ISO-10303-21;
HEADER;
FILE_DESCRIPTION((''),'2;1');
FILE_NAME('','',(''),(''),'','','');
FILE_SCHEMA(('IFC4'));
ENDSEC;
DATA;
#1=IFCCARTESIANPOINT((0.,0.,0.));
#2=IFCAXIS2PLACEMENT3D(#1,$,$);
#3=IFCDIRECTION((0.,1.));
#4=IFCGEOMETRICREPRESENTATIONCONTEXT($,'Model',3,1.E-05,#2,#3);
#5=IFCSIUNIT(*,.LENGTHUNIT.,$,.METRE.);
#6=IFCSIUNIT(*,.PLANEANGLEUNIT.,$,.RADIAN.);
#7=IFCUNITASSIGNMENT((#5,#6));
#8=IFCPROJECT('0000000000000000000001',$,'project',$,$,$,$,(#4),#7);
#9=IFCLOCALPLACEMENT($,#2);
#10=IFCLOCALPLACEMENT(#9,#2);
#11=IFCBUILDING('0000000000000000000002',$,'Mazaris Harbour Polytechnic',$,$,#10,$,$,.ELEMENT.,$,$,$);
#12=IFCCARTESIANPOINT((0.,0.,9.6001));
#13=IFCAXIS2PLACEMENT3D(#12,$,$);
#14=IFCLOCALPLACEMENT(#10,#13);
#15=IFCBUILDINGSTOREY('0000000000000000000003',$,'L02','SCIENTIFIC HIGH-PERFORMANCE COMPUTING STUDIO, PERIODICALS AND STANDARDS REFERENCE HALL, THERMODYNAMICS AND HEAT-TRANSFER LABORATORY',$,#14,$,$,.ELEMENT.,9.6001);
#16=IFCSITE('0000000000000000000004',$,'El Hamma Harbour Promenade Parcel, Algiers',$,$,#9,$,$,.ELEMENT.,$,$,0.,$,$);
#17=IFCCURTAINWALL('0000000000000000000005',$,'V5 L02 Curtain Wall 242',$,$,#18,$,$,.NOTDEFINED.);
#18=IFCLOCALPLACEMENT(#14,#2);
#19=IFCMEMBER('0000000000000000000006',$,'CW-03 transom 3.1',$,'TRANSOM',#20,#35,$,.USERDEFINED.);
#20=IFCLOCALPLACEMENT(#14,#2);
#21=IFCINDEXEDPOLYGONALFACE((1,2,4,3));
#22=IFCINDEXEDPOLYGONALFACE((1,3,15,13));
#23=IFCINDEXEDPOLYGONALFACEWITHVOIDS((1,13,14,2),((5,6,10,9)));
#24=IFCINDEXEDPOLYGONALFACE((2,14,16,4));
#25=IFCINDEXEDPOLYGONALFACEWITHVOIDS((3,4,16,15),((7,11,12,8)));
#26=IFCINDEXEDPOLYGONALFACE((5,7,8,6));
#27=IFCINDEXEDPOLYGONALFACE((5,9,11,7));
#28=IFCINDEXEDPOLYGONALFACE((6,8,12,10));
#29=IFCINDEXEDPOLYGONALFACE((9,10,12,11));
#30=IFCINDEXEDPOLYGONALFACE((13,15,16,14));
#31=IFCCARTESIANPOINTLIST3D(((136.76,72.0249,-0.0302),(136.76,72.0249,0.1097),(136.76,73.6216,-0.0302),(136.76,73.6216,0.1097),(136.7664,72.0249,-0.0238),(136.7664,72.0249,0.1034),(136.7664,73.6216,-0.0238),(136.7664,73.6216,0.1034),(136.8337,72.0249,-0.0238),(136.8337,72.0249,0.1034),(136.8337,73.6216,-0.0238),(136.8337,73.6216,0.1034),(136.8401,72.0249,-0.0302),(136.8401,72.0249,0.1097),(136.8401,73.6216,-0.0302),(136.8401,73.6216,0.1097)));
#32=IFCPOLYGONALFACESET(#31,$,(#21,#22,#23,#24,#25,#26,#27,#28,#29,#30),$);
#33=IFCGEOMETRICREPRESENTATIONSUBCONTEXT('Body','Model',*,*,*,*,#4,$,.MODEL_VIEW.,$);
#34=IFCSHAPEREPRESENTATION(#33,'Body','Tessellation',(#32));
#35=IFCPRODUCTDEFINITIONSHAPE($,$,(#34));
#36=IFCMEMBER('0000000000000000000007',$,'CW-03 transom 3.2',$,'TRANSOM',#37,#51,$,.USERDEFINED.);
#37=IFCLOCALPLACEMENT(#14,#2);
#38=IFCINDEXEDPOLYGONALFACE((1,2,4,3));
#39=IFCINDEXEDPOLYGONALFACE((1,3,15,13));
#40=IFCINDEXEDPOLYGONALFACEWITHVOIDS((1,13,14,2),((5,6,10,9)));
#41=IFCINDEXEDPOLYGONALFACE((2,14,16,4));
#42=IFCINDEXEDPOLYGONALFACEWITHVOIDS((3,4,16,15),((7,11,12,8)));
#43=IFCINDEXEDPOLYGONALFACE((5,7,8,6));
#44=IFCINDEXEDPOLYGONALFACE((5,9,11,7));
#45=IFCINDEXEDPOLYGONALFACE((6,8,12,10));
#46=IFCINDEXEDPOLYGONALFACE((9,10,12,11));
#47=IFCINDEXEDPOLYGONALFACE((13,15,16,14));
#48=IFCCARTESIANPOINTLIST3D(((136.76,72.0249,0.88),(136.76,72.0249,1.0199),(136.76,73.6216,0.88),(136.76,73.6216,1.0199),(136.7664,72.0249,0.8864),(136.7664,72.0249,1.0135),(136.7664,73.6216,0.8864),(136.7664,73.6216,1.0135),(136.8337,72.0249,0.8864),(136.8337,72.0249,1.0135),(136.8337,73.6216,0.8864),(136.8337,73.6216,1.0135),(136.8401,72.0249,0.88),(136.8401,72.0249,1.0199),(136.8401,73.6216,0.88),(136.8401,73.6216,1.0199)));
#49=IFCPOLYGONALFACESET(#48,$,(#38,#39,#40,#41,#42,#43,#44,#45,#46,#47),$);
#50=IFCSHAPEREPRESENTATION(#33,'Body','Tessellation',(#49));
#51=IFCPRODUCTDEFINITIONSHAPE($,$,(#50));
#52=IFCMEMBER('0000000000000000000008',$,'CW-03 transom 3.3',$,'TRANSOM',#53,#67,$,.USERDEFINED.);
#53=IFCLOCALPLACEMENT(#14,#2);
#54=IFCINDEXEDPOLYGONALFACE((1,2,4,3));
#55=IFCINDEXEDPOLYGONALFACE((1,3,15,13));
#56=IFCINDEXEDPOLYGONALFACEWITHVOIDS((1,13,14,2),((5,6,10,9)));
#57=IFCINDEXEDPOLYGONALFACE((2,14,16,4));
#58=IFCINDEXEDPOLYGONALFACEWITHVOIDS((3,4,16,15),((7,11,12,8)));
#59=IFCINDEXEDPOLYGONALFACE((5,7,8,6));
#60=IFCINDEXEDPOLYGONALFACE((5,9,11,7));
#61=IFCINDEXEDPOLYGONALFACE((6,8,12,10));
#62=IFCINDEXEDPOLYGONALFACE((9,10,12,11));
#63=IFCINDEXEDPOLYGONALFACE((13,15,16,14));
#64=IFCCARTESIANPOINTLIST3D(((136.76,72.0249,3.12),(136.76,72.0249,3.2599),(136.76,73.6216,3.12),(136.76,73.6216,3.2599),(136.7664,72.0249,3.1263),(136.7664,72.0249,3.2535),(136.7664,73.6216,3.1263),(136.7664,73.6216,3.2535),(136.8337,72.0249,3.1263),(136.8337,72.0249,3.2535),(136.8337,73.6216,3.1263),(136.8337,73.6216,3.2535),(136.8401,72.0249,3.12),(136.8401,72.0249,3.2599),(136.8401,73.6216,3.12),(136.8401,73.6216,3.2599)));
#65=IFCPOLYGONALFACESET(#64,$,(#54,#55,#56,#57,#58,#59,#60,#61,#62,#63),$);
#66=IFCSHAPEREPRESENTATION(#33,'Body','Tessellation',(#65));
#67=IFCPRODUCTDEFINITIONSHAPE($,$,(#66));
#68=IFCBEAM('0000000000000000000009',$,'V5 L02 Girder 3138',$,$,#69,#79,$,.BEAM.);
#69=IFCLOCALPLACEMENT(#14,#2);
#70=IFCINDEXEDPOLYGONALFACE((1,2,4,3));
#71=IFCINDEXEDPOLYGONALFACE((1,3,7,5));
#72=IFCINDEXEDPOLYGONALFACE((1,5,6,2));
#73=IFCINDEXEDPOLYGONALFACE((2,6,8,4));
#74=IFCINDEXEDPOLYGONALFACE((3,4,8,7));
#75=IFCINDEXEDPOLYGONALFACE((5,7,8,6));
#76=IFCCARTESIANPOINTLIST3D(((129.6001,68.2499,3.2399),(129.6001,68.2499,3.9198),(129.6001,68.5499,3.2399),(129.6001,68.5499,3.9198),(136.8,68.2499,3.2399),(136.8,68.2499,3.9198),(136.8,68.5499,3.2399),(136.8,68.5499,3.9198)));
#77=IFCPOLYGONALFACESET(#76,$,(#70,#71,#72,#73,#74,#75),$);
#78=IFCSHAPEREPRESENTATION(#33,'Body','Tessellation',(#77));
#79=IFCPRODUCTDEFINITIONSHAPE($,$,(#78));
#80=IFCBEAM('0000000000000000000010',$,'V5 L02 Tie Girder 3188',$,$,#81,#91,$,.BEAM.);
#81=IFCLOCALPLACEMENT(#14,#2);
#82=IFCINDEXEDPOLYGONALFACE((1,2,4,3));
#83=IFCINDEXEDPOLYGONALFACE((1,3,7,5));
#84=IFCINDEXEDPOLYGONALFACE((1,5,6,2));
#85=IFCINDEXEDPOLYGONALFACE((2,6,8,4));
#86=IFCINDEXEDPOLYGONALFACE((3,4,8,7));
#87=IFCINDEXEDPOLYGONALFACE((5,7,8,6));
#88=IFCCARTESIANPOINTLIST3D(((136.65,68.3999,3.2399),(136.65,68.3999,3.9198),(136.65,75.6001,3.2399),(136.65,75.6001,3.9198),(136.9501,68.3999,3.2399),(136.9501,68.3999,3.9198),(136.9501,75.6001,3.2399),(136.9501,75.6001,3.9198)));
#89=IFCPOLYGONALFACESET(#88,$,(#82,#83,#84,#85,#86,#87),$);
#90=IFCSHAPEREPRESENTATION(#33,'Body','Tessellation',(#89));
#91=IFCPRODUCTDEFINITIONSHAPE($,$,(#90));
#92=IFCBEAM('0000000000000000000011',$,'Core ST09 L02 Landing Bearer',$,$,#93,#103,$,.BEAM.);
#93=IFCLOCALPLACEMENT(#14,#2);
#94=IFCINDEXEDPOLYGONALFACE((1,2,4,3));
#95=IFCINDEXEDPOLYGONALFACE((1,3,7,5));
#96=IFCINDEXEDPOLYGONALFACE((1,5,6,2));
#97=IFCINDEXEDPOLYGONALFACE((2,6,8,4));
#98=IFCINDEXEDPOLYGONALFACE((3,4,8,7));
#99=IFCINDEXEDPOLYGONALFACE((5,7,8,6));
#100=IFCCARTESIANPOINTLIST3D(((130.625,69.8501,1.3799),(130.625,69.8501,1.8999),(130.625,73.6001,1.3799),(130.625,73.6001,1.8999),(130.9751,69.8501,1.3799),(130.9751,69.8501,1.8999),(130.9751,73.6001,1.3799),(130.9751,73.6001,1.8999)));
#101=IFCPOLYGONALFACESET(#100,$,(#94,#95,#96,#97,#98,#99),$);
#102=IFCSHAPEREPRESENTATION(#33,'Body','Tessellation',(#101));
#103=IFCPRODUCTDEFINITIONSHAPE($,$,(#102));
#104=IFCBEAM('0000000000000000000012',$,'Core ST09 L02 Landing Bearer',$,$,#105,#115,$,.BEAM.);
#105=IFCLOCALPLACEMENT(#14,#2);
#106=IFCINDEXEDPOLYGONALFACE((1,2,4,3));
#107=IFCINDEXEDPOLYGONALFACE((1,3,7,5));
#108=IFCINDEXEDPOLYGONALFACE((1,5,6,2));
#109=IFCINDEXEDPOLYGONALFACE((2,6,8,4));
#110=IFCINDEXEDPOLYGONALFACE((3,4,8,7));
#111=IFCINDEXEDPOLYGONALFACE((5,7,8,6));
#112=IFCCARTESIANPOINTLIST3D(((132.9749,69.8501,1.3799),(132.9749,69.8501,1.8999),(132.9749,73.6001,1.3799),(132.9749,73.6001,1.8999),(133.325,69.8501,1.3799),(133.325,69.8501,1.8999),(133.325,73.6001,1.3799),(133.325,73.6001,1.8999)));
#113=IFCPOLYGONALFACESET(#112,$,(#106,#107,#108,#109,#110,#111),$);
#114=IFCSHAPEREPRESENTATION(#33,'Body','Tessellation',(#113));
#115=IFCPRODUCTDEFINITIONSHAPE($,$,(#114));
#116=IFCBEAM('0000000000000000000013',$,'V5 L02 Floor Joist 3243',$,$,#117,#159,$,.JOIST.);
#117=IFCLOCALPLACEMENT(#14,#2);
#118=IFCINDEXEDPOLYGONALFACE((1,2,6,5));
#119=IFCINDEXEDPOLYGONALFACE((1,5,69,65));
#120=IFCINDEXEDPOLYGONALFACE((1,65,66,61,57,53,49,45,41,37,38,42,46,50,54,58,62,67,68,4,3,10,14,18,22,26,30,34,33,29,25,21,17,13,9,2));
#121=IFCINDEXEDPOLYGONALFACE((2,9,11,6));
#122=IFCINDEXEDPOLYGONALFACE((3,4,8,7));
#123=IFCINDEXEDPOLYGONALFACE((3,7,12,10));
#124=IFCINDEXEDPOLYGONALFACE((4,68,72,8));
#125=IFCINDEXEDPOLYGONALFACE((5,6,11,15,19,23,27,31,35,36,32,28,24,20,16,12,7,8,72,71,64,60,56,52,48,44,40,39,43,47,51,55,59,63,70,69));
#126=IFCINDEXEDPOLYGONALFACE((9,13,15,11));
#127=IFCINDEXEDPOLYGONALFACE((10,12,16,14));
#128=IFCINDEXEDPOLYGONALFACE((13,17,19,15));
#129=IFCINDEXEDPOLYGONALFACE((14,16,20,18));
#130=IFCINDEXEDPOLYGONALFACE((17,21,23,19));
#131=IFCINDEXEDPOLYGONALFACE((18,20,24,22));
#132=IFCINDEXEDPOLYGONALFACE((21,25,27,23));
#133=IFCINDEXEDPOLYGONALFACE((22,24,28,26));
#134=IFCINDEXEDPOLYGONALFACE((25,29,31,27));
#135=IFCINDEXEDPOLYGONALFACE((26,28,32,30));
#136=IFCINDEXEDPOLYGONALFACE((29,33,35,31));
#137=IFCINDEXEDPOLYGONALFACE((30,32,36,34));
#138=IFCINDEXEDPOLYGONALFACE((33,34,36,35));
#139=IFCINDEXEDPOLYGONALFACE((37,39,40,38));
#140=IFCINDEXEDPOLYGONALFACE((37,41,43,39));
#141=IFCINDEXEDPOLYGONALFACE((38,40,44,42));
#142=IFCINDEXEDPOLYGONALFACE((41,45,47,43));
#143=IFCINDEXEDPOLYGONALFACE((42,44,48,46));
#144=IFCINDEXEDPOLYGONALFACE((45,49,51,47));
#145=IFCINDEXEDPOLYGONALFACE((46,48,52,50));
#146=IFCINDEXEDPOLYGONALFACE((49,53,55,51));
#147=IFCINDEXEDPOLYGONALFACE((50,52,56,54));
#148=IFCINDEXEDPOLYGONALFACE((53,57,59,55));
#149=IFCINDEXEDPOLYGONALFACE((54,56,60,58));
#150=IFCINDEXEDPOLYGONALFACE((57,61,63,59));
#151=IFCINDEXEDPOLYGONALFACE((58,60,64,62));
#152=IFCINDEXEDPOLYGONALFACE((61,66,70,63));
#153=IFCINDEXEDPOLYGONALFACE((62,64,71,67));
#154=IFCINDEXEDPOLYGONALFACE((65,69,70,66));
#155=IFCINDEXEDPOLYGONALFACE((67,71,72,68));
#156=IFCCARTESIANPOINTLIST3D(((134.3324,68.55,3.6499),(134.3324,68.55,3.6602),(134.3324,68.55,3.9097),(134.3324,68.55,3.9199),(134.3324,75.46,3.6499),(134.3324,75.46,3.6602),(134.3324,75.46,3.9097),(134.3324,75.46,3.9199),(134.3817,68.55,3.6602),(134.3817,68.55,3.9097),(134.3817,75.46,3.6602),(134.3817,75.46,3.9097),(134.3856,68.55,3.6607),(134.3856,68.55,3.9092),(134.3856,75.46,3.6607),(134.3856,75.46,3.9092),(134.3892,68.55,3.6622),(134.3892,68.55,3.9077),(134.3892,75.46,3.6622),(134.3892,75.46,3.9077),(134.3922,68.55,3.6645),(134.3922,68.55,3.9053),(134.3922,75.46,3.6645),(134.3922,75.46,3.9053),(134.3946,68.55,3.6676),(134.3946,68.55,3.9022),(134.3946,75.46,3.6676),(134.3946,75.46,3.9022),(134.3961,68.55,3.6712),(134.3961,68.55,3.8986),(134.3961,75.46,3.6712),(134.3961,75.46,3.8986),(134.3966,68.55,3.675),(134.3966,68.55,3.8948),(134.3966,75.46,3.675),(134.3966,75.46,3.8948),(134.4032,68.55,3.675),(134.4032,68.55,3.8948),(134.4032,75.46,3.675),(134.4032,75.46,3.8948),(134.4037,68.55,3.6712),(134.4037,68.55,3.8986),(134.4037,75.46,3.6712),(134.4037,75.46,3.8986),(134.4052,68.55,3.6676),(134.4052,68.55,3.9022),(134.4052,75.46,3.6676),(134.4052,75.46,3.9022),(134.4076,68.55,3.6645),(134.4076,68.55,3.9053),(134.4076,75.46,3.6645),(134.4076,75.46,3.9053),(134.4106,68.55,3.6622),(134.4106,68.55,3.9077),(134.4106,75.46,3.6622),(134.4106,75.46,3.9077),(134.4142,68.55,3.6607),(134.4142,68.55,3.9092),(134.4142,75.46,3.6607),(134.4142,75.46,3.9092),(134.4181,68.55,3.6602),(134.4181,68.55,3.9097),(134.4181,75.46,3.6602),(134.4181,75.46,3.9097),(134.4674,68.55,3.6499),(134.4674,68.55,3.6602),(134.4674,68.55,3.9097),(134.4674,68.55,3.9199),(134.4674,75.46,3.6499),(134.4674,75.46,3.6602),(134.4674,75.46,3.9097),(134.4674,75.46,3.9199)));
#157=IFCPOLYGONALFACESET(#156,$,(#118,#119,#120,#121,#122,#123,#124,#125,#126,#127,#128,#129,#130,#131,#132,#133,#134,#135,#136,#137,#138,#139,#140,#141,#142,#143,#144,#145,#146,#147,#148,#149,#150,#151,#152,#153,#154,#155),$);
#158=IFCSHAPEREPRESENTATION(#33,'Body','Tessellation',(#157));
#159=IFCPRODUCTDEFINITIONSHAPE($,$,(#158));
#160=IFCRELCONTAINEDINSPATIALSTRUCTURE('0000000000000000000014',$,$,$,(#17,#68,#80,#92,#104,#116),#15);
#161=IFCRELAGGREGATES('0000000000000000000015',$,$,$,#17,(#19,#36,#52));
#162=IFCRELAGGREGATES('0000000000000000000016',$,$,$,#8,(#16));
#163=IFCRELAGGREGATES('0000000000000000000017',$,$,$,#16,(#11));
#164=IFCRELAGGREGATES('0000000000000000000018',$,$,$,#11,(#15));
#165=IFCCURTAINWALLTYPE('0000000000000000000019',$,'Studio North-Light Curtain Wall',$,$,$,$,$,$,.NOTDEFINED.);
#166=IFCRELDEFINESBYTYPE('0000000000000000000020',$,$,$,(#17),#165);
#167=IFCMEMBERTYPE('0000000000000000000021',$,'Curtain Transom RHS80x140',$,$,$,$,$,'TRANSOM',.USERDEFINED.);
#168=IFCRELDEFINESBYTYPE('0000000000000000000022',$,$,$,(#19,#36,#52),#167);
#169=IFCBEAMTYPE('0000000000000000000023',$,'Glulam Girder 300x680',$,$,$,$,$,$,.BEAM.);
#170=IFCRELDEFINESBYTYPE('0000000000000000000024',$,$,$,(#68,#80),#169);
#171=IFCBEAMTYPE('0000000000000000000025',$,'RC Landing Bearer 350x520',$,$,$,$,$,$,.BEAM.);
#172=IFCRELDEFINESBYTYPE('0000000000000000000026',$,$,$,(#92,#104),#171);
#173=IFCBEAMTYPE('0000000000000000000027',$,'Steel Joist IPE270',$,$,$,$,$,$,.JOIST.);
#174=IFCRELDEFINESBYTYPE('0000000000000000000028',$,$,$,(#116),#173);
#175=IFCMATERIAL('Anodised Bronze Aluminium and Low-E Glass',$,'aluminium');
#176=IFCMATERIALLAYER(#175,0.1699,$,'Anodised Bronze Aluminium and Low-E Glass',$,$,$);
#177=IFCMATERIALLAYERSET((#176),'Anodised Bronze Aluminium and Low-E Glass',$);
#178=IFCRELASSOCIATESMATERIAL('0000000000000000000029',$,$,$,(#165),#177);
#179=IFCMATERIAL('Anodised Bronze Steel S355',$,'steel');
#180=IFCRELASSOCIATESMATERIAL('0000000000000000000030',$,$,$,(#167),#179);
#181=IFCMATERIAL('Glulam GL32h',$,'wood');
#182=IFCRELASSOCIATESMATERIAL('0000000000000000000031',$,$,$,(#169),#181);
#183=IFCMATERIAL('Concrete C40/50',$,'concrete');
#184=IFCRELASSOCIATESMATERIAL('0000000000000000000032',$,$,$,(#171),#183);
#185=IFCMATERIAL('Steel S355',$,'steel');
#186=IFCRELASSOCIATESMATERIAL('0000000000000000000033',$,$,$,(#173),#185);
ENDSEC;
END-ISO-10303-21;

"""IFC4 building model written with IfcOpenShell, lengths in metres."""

from ifc_helpers import new_model, si_unit, direction, frame, origin, origin_2d, place, context, subcontext, project, spatial, rectangle, hollow_rectangle, i_section, extrude, material, layer, layer_set, material_profile, profile_set, type_object, element, aggregate, save


model = new_model("IFC4")

# Units and contexts
model_context = context("Model", 3, precision=1e-05, world=origin(), true_north=direction((0.0, 1.0)))
body_context = subcontext(model_context, "Body", "Model", "MODEL_VIEW")
ifc_project = project(units=[si_unit("LENGTHUNIT", "METRE"), si_unit("PLANEANGLEUNIT", "RADIAN")], contexts=[model_context])

# Site, building, storey
site_placement = place(None, origin())
site = spatial("IfcSite", under=ifc_project, at=site_placement, Name="El Hamma Harbour Promenade Parcel, Algiers", CompositionType="ELEMENT", RefElevation=0.0)
building_placement = place(site_placement, origin())
building = spatial("IfcBuilding", under=site, at=building_placement, Name="Mazaris Harbour Polytechnic", CompositionType="ELEMENT")
storey_placement = place(building_placement, frame((0.0, 0.0, 9.6001)))
storey = spatial("IfcBuildingStorey", under=building, at=storey_placement, Name="L02", Description="SCIENTIFIC HIGH-PERFORMANCE COMPUTING STUDIO, PERIODICALS AND STANDARDS REFERENCE HALL, THERMODYNAMICS AND HEAT-TRANSFER LABORATORY", CompositionType="ELEMENT", Elevation=9.6001)

# Curtain wall, members
ifc_material_1 = material(Name="Anodised Bronze Aluminium and Low-E Glass", Category="aluminium")
ifc_layer_1 = layer(ifc_material_1, 0.1699, Name="Anodised Bronze Aluminium and Low-E Glass")
ifc_layer_set_1 = layer_set([ifc_layer_1], Name="Anodised Bronze Aluminium and Low-E Glass")
curtain_wall_type = type_object("IfcCurtainWallType", Name="Studio North-Light Curtain Wall", PredefinedType="NOTDEFINED", material=ifc_layer_set_1)
curtain_wall_placement = place(storey_placement, origin())
curtain_wall = element("IfcCurtainWall", 1, at=curtain_wall_placement, inside=storey, type_object=curtain_wall_type, Name="V5 L02 Curtain Wall 242", PredefinedType="NOTDEFINED")
ifc_material_2 = material(Name="Anodised Bronze Steel S355", Category="steel")
ifc_material_profile_1 = material_profile(ifc_material_2, hollow_rectangle(XDim=0.0801, YDim=0.1399, WallThickness=0.0063, at=origin_2d()), Name="RHS 80x140x6.3")
ifc_profile_set_1 = profile_set([ifc_material_profile_1], Name="Anodised Bronze Steel S355")
member_type_1 = type_object("IfcMemberType", Name="Curtain Transom RHS80x140", ElementType="TRANSOM", PredefinedType="USERDEFINED", material=ifc_profile_set_1)
member_1_placement = place(storey_placement, frame((136.8, 72.0249, 0.0398), z_axis=(0.0, 1.0, 0.0), x_axis=(-1.0, 0.0, 0.0)))
member_1 = element("IfcMember", 2, at=member_1_placement, type_object=member_type_1, Name="CW-03 transom 3.1", ObjectType="TRANSOM", PredefinedType="USERDEFINED", context=body_context, shape_type="SweptSolid", body=[
    extrude(hollow_rectangle(XDim=0.0801, YDim=0.1399, WallThickness=0.0063, at=origin_2d()), origin(), (0.0, 0.0, 1.0), 1.5967),
])
member_2_placement = place(storey_placement, frame((136.8, 72.0249, 0.95), z_axis=(0.0, 1.0, 0.0), x_axis=(-1.0, 0.0, 0.0)))
member_2 = element("IfcMember", 3, at=member_2_placement, type_object=member_type_1, Name="CW-03 transom 3.2", ObjectType="TRANSOM", PredefinedType="USERDEFINED", context=body_context, shape_type="SweptSolid", body=[
    extrude(hollow_rectangle(XDim=0.0801, YDim=0.1399, WallThickness=0.0063, at=origin_2d()), origin(), (0.0, 0.0, 1.0), 1.5967),
])
member_3_placement = place(storey_placement, frame((136.8, 72.0249, 3.1899), z_axis=(0.0, 1.0, 0.0), x_axis=(-1.0, 0.0, 0.0)))
member_3 = element("IfcMember", 4, at=member_3_placement, type_object=member_type_1, Name="CW-03 transom 3.3", ObjectType="TRANSOM", PredefinedType="USERDEFINED", context=body_context, shape_type="SweptSolid", body=[
    extrude(hollow_rectangle(XDim=0.0801, YDim=0.1399, WallThickness=0.0063, at=origin_2d()), origin(), (0.0, 0.0, 1.0), 1.5967),
])

# Beams
ifc_material_3 = material(Name="Glulam GL32h", Category="wood")
ifc_material_profile_2 = material_profile(ifc_material_3, rectangle(XDim=0.3, YDim=0.6799, at=origin_2d()), Name="RECT300x680")
ifc_profile_set_2 = profile_set([ifc_material_profile_2], Name="Glulam GL32h")
beam_type_1 = type_object("IfcBeamType", Name="Glulam Girder 300x680", PredefinedType="BEAM", material=ifc_profile_set_2)
beam_1_placement = place(storey_placement, frame((129.6001, 68.3999, 3.5798), z_axis=(1.0, 0.0, 0.0), x_axis=(0.0, 1.0, 0.0)))
element("IfcBeam", 5, at=beam_1_placement, inside=storey, type_object=beam_type_1, Name="V5 L02 Girder 3138", PredefinedType="BEAM", context=body_context, shape_type="SweptSolid", body=[
    extrude(rectangle(XDim=0.3, YDim=0.6799, at=origin_2d()), origin(), (0.0, 0.0, 1.0), 7.2),
])
beam_2_placement = place(storey_placement, frame((136.8, 68.3999, 3.5798), z_axis=(0.0, 1.0, 0.0), x_axis=(-1.0, 0.0, 0.0)))
element("IfcBeam", 6, at=beam_2_placement, inside=storey, type_object=beam_type_1, Name="V5 L02 Tie Girder 3188", PredefinedType="BEAM", context=body_context, shape_type="SweptSolid", body=[
    extrude(rectangle(XDim=0.3, YDim=0.6799, at=origin_2d()), origin(), (0.0, 0.0, 1.0), 7.2002),
])
ifc_material_4 = material(Name="Concrete C40/50", Category="concrete")
ifc_material_profile_3 = material_profile(ifc_material_4, rectangle(XDim=0.3501, YDim=0.52, at=origin_2d()), Name="RECT350x520")
ifc_profile_set_3 = profile_set([ifc_material_profile_3], Name="Concrete C40/50")
beam_type_2 = type_object("IfcBeamType", Name="RC Landing Bearer 350x520", PredefinedType="BEAM", material=ifc_profile_set_3)
for number, where, z_axis, x_axis, name in (
    (7, (130.8, 69.8501, 1.6399), (0.0, 1.0, 0.0), (-1.0, 0.0, 0.0), "Core ST09 L02 Landing Bearer"),
    (8, (133.1499, 69.8501, 1.6399), (0.0, 1.0, 0.0), (-1.0, 0.0, 0.0), "Core ST09 L02 Landing Bearer"),
):
    element("IfcBeam", number, at=place(storey_placement, frame(where, z_axis=z_axis, x_axis=x_axis)), inside=storey, type_object=beam_type_2, Name=name, PredefinedType="BEAM", context=body_context, shape_type="SweptSolid", body=[
        extrude(rectangle(XDim=0.3501, YDim=0.52, at=origin_2d()), origin(), (0.0, 0.0, 1.0), 3.75),
    ])
ifc_material_5 = material(Name="Steel S355", Category="steel")
ifc_material_profile_4 = material_profile(ifc_material_5, i_section(OverallWidth=0.135, OverallDepth=0.27, WebThickness=0.0066, FlangeThickness=0.0103, FilletRadius=0.0149, at=origin_2d()), Name="IPE 270")
ifc_profile_set_4 = profile_set([ifc_material_profile_4], Name="Steel S355")
beam_type_3 = type_object("IfcBeamType", Name="Steel Joist IPE270", PredefinedType="JOIST", material=ifc_profile_set_4)
beam_3_placement = place(storey_placement, frame((134.3999, 68.55, 3.7849), z_axis=(0.0, 1.0, 0.0), x_axis=(-1.0, 0.0, 0.0)))
element("IfcBeam", 9, at=beam_3_placement, inside=storey, type_object=beam_type_3, Name="V5 L02 Floor Joist 3243", PredefinedType="JOIST", context=body_context, shape_type="SweptSolid", body=[
    extrude(i_section(OverallWidth=0.135, OverallDepth=0.27, WebThickness=0.0066, FlangeThickness=0.0103, FilletRadius=0.0149, at=origin_2d()), origin(), (0.0, 0.0, 1.0), 6.9099),
])

aggregate(curtain_wall, [member_1, member_2, member_3])

save(model, "model.ifc")
